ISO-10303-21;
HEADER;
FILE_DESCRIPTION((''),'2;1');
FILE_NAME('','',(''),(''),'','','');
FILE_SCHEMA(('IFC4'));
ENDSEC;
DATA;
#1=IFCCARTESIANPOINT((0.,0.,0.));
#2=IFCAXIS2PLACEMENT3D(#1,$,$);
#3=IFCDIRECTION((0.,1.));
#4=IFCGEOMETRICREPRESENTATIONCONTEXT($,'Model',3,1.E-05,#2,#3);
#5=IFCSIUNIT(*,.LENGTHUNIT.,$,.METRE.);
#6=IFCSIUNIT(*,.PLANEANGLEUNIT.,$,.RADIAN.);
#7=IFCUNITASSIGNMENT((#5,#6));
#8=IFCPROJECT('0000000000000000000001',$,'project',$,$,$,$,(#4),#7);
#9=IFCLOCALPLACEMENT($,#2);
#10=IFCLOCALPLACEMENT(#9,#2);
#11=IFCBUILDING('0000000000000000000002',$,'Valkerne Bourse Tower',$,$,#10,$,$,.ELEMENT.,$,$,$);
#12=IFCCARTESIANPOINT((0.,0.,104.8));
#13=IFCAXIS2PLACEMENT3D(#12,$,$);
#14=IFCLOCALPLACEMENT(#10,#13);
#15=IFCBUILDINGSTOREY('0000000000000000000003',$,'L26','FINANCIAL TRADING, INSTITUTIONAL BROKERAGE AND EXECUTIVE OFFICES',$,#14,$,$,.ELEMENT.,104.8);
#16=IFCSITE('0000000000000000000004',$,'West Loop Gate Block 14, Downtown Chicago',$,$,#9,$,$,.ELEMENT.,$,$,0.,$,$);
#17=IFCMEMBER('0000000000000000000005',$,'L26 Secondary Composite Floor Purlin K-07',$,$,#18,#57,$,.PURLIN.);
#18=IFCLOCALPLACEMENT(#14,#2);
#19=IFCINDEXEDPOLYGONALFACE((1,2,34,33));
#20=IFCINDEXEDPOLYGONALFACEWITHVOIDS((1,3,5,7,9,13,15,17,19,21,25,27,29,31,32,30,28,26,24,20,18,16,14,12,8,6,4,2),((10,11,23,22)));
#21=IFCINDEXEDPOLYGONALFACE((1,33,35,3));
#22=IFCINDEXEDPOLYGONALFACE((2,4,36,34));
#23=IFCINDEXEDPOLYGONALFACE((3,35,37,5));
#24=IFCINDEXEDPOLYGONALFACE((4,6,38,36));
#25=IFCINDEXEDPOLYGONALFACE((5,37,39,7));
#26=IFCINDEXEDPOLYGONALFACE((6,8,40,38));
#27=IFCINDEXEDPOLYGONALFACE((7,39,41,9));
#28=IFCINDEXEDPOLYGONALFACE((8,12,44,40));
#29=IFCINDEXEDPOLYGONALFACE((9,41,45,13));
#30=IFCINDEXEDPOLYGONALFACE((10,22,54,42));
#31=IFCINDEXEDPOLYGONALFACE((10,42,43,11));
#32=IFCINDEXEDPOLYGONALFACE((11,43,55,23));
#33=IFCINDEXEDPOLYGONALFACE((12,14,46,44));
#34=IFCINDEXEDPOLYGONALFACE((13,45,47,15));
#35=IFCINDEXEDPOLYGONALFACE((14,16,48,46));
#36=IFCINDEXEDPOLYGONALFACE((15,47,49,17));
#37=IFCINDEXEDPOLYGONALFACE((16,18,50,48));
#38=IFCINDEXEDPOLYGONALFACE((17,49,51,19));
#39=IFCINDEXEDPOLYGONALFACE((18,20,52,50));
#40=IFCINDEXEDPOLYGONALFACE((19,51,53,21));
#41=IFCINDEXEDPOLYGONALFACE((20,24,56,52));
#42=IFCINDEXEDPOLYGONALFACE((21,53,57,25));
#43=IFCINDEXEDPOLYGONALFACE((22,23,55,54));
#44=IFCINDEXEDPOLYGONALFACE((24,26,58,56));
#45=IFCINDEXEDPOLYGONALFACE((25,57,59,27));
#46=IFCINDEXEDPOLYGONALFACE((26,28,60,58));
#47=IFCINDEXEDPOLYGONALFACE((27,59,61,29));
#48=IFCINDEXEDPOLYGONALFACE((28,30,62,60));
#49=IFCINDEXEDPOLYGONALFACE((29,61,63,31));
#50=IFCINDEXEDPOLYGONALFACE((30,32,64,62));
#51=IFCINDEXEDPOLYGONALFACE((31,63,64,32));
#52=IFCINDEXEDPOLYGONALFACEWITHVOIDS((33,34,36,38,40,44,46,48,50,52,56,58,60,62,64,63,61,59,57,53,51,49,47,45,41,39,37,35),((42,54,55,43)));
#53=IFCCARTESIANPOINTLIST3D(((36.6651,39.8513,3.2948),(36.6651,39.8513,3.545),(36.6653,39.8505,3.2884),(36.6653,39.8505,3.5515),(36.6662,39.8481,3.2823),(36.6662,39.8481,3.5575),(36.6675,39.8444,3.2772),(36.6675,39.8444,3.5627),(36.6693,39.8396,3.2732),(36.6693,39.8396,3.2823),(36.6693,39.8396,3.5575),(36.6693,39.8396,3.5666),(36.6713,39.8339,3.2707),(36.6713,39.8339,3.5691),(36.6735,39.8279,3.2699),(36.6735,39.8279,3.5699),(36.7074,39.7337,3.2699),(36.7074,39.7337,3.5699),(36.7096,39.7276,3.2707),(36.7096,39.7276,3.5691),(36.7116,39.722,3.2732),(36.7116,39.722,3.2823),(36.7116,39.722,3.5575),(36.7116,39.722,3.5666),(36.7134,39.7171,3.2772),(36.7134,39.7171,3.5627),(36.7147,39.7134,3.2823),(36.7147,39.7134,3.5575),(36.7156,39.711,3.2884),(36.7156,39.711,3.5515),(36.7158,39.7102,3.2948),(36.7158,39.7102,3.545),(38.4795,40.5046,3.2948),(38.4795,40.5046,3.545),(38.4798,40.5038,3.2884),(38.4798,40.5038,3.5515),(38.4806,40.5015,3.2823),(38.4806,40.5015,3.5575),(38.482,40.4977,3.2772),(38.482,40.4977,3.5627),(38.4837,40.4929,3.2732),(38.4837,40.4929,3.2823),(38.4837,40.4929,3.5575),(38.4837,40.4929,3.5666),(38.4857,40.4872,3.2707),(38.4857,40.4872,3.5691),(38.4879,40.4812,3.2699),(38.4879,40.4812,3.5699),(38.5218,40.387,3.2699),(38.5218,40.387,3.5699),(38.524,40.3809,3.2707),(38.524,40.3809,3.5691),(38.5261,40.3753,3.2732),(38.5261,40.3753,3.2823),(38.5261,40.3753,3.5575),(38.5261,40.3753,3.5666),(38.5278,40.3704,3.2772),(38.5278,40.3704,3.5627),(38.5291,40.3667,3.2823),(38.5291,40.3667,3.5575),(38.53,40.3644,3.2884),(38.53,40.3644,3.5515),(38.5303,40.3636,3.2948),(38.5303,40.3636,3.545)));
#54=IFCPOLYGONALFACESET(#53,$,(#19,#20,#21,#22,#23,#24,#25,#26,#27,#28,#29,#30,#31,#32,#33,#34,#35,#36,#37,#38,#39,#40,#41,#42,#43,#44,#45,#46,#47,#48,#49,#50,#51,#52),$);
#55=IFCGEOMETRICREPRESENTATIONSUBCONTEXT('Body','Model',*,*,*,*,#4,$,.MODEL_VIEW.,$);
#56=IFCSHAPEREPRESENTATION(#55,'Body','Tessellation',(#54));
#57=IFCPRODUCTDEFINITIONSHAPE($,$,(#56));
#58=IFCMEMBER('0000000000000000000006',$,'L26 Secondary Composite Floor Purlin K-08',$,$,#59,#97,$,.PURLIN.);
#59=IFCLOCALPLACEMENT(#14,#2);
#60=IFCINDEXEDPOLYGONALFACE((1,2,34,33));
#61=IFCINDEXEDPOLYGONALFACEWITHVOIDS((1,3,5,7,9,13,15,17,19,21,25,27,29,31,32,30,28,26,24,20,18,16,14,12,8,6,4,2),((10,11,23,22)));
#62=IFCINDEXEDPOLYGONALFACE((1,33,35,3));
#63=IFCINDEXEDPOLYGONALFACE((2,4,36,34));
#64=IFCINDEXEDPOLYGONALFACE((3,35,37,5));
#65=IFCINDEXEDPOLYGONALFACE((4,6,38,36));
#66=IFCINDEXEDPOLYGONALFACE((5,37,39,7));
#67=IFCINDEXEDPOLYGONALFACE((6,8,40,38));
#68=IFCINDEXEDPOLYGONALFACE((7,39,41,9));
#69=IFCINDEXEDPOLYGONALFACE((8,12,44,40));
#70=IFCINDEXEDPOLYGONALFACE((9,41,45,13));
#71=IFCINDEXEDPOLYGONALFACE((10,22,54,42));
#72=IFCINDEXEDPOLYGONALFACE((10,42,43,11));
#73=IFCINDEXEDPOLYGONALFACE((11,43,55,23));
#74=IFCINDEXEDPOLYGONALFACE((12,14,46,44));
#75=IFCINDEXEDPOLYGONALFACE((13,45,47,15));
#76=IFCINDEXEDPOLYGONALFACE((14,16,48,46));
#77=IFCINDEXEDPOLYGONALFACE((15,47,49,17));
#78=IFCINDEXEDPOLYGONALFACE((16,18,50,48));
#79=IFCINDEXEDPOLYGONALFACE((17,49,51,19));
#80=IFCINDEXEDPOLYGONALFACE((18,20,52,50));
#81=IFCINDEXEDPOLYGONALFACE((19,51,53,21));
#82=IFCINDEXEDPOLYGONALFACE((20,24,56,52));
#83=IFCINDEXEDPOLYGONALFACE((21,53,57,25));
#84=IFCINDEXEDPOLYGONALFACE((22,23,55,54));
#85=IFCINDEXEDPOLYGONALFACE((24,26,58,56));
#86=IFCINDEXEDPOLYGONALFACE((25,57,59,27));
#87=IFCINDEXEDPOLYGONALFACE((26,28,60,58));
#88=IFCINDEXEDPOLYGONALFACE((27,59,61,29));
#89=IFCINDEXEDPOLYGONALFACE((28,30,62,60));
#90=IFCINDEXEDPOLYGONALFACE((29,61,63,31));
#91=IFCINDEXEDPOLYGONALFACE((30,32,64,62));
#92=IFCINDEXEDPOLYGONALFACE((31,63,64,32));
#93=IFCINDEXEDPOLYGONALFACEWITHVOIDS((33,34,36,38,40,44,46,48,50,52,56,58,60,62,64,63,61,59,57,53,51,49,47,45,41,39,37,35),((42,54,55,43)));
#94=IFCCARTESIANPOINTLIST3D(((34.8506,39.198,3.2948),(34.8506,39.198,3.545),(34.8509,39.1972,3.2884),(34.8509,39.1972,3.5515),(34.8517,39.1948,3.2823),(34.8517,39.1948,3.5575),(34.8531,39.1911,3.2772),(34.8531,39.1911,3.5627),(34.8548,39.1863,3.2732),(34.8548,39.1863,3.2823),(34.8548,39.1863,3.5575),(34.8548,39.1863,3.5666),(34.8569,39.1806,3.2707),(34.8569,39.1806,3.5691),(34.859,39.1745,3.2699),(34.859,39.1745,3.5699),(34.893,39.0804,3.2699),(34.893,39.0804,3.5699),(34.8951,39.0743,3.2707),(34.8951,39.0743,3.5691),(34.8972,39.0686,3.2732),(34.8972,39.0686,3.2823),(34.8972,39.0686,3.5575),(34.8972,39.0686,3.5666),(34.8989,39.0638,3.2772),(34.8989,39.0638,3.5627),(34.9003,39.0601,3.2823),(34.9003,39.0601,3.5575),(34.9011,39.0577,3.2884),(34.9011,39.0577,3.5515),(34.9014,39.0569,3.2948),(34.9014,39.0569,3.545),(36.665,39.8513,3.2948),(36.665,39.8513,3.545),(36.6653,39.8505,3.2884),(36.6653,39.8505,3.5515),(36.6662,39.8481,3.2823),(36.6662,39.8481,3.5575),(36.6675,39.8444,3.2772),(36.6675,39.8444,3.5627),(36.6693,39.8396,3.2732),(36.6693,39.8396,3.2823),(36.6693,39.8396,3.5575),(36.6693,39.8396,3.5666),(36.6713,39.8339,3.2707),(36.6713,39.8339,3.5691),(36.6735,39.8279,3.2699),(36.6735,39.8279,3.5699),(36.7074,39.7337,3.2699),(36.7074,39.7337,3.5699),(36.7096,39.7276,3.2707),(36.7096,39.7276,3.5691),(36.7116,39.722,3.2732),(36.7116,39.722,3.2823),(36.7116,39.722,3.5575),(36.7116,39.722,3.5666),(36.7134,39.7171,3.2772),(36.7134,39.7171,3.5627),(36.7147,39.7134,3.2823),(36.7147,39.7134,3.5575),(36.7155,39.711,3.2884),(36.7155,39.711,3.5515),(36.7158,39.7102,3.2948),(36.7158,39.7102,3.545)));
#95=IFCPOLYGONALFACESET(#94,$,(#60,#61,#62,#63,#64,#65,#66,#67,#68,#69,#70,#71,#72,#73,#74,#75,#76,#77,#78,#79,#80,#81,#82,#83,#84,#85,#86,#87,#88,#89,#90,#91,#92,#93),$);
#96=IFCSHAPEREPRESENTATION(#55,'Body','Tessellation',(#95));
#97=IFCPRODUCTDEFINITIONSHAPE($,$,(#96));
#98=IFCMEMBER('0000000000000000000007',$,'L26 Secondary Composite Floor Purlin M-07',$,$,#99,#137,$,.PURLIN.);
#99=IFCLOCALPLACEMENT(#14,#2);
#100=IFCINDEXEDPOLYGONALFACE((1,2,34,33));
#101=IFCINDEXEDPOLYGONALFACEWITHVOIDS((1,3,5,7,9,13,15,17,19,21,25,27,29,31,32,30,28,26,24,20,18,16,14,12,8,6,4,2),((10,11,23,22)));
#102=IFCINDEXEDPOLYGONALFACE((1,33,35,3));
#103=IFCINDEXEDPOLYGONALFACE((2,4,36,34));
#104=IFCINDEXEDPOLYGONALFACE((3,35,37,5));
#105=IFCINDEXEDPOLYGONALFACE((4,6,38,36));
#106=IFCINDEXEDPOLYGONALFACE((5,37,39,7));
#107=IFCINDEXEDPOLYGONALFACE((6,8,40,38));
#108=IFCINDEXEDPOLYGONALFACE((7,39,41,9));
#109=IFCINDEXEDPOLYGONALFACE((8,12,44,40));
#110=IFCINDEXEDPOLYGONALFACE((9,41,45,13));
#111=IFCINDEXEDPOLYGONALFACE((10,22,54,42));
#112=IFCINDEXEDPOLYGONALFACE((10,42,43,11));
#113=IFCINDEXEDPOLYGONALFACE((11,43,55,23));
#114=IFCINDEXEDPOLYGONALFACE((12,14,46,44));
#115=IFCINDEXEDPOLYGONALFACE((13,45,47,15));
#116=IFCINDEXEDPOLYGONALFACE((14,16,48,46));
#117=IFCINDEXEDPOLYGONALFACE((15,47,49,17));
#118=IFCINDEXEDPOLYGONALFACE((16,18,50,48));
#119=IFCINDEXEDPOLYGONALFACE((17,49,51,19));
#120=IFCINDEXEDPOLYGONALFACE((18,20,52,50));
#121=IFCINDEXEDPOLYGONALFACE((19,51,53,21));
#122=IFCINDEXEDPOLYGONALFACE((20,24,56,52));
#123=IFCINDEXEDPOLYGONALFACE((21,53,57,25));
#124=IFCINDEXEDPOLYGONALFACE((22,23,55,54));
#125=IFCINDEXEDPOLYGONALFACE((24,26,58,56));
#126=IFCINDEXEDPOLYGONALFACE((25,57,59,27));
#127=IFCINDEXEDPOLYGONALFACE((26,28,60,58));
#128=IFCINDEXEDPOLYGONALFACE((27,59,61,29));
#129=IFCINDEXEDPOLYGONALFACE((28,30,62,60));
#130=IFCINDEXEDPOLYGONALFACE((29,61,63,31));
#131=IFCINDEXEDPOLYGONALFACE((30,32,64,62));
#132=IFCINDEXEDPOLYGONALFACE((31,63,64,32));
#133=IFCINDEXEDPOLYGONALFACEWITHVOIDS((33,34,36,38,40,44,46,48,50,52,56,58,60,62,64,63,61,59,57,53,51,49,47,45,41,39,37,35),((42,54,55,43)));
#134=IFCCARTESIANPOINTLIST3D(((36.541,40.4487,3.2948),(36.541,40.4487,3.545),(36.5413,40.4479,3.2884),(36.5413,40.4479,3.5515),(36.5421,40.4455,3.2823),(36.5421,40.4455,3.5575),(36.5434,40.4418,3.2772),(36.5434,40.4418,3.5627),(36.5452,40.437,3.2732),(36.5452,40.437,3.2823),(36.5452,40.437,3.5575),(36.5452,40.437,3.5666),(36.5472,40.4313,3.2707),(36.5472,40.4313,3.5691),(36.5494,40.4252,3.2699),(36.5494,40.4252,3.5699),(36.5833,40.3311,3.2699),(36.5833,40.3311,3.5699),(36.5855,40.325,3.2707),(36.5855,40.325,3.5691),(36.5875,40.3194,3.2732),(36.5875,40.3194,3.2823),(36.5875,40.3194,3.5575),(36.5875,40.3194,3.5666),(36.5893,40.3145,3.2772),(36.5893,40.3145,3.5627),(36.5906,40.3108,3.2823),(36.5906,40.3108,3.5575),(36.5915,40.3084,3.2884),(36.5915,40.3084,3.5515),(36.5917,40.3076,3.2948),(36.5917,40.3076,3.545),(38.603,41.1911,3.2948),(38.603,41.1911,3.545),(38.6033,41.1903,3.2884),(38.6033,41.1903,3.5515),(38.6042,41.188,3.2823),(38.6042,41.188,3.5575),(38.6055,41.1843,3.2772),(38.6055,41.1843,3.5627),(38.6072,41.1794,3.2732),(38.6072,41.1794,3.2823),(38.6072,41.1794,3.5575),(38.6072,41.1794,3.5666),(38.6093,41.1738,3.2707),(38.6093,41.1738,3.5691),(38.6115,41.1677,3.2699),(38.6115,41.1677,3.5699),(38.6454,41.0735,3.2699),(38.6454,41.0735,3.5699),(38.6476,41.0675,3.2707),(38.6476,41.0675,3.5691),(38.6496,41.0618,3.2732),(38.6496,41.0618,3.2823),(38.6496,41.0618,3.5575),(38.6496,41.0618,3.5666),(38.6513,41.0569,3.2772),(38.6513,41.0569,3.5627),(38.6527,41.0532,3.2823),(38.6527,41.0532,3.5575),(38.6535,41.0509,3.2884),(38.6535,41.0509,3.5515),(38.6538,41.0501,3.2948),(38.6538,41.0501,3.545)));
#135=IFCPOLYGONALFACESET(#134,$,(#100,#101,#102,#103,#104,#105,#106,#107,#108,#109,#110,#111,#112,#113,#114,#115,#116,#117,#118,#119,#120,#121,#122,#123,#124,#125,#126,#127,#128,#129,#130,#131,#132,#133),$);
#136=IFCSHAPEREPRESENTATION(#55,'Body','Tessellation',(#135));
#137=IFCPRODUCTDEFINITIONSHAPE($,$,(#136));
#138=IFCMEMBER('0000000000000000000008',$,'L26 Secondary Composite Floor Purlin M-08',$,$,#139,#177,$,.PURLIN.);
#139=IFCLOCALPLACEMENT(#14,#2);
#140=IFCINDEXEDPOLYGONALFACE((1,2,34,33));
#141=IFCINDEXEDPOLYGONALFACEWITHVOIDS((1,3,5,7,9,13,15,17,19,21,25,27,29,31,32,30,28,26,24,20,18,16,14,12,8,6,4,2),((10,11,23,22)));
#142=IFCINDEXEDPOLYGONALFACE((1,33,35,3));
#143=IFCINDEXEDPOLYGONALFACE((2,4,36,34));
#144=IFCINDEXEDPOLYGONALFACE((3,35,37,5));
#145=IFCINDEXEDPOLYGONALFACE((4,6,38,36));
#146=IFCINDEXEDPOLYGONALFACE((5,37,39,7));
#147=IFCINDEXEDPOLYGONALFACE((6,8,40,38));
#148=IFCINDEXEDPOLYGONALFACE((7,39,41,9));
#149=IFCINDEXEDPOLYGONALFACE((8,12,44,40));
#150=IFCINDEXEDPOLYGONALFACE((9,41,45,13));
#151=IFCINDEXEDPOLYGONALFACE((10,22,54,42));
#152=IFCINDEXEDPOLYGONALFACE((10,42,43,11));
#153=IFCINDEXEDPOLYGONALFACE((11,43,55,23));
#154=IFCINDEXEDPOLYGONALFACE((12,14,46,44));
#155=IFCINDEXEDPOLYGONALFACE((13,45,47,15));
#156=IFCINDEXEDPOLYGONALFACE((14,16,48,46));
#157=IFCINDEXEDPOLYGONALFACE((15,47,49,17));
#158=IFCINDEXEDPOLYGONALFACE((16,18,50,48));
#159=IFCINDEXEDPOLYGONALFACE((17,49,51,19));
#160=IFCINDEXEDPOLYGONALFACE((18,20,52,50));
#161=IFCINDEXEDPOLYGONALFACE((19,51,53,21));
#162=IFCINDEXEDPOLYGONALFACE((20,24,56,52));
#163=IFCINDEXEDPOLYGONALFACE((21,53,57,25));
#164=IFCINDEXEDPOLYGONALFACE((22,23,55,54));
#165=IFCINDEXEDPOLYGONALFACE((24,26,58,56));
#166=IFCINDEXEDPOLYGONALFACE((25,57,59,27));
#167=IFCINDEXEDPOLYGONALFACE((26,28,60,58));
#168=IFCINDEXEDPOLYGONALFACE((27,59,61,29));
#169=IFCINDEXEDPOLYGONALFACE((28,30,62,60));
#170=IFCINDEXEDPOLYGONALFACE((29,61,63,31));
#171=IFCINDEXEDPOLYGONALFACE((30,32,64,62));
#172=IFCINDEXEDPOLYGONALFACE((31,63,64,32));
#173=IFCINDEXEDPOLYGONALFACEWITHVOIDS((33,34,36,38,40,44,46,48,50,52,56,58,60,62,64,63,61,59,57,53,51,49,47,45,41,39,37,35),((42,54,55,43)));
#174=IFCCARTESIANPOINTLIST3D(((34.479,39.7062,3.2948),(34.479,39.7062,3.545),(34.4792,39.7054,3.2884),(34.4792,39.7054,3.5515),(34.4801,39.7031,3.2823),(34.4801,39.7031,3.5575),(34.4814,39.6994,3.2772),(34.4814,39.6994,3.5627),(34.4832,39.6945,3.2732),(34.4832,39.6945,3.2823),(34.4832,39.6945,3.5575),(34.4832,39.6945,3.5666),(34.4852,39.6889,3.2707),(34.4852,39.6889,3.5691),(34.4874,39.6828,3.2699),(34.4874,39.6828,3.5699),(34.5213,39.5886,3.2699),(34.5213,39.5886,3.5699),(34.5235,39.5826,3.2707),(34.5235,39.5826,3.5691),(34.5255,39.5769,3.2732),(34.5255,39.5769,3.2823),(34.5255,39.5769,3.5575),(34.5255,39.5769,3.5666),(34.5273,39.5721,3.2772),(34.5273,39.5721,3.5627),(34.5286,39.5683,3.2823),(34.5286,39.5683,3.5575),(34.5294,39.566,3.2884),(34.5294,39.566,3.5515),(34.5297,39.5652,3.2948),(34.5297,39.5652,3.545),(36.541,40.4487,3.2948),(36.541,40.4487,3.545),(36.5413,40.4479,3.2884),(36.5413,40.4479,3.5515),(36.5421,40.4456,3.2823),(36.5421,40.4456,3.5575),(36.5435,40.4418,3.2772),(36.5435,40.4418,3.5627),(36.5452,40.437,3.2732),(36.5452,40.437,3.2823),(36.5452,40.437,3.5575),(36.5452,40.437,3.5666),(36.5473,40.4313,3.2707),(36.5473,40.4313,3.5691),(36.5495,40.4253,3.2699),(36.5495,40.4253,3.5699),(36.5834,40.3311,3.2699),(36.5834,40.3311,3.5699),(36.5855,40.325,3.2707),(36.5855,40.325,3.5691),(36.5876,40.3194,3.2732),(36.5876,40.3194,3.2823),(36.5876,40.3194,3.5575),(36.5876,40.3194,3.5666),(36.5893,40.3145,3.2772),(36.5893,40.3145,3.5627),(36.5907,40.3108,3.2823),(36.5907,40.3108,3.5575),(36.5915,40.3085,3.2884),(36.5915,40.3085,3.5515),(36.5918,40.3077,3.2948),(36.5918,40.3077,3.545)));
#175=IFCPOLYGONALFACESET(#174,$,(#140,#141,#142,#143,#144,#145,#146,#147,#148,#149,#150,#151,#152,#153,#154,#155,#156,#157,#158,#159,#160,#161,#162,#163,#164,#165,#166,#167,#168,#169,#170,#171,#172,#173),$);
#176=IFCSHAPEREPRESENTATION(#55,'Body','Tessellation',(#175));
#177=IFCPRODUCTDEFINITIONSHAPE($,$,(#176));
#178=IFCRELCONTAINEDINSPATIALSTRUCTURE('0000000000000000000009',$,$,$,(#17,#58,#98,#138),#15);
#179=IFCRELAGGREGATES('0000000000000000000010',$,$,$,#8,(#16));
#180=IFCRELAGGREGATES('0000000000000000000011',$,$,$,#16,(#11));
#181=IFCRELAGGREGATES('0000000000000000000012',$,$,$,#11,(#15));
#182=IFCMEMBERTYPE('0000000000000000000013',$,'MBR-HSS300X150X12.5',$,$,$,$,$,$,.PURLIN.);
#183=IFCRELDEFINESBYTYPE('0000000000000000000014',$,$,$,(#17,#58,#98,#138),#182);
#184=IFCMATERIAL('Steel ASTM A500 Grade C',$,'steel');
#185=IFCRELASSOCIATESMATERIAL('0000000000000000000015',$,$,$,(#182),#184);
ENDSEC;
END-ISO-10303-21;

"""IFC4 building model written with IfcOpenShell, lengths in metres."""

from ifc_helpers import new_model, si_unit, direction, frame, origin, origin_2d, place, context, subcontext, project, spatial, hollow_rectangle, extrude, material, material_profile, profile_set, type_object, element, save


model = new_model("IFC4")

# Units and contexts
model_context = context("Model", 3, precision=1e-05, world=origin(), true_north=direction((0.0, 1.0)))
body_context = subcontext(model_context, "Body", "Model", "MODEL_VIEW")
ifc_project = project(units=[si_unit("LENGTHUNIT", "METRE"), si_unit("PLANEANGLEUNIT", "RADIAN")], contexts=[model_context])

# Site, building, storey
site_placement = place(None, origin())
site = spatial("IfcSite", under=ifc_project, at=site_placement, Name="West Loop Gate Block 14, Downtown Chicago", CompositionType="ELEMENT", RefElevation=0.0)
building_placement = place(site_placement, origin())
building = spatial("IfcBuilding", under=site, at=building_placement, Name="Valkerne Bourse Tower", CompositionType="ELEMENT")
storey_placement = place(building_placement, frame((0.0, 0.0, 104.8)))
storey = spatial("IfcBuildingStorey", under=building, at=storey_placement, Name="L26", Description="FINANCIAL TRADING, INSTITUTIONAL BROKERAGE AND EXECUTIVE OFFICES", CompositionType="ELEMENT", Elevation=104.8)

# Members
ifc_material_1 = material(Name="Steel ASTM A500 Grade C", Category="steel")
ifc_material_profile_1 = material_profile(ifc_material_1, hollow_rectangle(XDim=0.1499, YDim=0.3, WallThickness=0.0125, OuterFilletRadius=0.0249, at=origin_2d()), Name="HSS300X150X12.5")
ifc_profile_set_1 = profile_set([ifc_material_profile_1], Name="Steel ASTM A500 Grade C")
member_type_1 = type_object("IfcMemberType", Name="MBR-HSS300X150X12.5", PredefinedType="PURLIN", material=ifc_profile_set_1)
for number, where, z_axis, x_axis, name in (
    (1, (38.5049, 40.4341, 3.4199), (-0.940868, -0.338773, 0.0), (0.338773, -0.940868, 0.0), "L26 Secondary Composite Floor Purlin K-07"),
    (2, (36.6904, 39.7808, 3.4199), (-0.940868, -0.338773, 0.0), (0.338773, -0.940868, 0.0), "L26 Secondary Composite Floor Purlin K-08"),
):
    element("IfcMember", number, at=place(storey_placement, frame(where, z_axis=z_axis, x_axis=x_axis)), inside=storey, type_object=member_type_1, Name=name, PredefinedType="PURLIN", context=body_context, shape_type="SweptSolid", body=[
        extrude(hollow_rectangle(XDim=0.1499, YDim=0.3, WallThickness=0.0125, OuterFilletRadius=0.0249, at=origin_2d()), origin(), (0.0, 0.0, 1.0), 1.9285),
    ])
for number, where, z_axis, x_axis, name in (
    (3, (38.6284, 41.1206, 3.4199), (-0.940872, -0.338763, 0.0), (0.338763, -0.940872, 0.0), "L26 Secondary Composite Floor Purlin M-07"),
    (4, (36.5664, 40.3782, 3.4199), (-0.940872, -0.338763, 0.0), (0.338763, -0.940872, 0.0), "L26 Secondary Composite Floor Purlin M-08"),
):
    element("IfcMember", number, at=place(storey_placement, frame(where, z_axis=z_axis, x_axis=x_axis)), inside=storey, type_object=member_type_1, Name=name, PredefinedType="PURLIN", context=body_context, shape_type="SweptSolid", body=[
        extrude(hollow_rectangle(XDim=0.1499, YDim=0.3, WallThickness=0.0125, OuterFilletRadius=0.0249, at=origin_2d()), origin(), (0.0, 0.0, 1.0), 2.1917),
    ])

save(model, "model.ifc")
